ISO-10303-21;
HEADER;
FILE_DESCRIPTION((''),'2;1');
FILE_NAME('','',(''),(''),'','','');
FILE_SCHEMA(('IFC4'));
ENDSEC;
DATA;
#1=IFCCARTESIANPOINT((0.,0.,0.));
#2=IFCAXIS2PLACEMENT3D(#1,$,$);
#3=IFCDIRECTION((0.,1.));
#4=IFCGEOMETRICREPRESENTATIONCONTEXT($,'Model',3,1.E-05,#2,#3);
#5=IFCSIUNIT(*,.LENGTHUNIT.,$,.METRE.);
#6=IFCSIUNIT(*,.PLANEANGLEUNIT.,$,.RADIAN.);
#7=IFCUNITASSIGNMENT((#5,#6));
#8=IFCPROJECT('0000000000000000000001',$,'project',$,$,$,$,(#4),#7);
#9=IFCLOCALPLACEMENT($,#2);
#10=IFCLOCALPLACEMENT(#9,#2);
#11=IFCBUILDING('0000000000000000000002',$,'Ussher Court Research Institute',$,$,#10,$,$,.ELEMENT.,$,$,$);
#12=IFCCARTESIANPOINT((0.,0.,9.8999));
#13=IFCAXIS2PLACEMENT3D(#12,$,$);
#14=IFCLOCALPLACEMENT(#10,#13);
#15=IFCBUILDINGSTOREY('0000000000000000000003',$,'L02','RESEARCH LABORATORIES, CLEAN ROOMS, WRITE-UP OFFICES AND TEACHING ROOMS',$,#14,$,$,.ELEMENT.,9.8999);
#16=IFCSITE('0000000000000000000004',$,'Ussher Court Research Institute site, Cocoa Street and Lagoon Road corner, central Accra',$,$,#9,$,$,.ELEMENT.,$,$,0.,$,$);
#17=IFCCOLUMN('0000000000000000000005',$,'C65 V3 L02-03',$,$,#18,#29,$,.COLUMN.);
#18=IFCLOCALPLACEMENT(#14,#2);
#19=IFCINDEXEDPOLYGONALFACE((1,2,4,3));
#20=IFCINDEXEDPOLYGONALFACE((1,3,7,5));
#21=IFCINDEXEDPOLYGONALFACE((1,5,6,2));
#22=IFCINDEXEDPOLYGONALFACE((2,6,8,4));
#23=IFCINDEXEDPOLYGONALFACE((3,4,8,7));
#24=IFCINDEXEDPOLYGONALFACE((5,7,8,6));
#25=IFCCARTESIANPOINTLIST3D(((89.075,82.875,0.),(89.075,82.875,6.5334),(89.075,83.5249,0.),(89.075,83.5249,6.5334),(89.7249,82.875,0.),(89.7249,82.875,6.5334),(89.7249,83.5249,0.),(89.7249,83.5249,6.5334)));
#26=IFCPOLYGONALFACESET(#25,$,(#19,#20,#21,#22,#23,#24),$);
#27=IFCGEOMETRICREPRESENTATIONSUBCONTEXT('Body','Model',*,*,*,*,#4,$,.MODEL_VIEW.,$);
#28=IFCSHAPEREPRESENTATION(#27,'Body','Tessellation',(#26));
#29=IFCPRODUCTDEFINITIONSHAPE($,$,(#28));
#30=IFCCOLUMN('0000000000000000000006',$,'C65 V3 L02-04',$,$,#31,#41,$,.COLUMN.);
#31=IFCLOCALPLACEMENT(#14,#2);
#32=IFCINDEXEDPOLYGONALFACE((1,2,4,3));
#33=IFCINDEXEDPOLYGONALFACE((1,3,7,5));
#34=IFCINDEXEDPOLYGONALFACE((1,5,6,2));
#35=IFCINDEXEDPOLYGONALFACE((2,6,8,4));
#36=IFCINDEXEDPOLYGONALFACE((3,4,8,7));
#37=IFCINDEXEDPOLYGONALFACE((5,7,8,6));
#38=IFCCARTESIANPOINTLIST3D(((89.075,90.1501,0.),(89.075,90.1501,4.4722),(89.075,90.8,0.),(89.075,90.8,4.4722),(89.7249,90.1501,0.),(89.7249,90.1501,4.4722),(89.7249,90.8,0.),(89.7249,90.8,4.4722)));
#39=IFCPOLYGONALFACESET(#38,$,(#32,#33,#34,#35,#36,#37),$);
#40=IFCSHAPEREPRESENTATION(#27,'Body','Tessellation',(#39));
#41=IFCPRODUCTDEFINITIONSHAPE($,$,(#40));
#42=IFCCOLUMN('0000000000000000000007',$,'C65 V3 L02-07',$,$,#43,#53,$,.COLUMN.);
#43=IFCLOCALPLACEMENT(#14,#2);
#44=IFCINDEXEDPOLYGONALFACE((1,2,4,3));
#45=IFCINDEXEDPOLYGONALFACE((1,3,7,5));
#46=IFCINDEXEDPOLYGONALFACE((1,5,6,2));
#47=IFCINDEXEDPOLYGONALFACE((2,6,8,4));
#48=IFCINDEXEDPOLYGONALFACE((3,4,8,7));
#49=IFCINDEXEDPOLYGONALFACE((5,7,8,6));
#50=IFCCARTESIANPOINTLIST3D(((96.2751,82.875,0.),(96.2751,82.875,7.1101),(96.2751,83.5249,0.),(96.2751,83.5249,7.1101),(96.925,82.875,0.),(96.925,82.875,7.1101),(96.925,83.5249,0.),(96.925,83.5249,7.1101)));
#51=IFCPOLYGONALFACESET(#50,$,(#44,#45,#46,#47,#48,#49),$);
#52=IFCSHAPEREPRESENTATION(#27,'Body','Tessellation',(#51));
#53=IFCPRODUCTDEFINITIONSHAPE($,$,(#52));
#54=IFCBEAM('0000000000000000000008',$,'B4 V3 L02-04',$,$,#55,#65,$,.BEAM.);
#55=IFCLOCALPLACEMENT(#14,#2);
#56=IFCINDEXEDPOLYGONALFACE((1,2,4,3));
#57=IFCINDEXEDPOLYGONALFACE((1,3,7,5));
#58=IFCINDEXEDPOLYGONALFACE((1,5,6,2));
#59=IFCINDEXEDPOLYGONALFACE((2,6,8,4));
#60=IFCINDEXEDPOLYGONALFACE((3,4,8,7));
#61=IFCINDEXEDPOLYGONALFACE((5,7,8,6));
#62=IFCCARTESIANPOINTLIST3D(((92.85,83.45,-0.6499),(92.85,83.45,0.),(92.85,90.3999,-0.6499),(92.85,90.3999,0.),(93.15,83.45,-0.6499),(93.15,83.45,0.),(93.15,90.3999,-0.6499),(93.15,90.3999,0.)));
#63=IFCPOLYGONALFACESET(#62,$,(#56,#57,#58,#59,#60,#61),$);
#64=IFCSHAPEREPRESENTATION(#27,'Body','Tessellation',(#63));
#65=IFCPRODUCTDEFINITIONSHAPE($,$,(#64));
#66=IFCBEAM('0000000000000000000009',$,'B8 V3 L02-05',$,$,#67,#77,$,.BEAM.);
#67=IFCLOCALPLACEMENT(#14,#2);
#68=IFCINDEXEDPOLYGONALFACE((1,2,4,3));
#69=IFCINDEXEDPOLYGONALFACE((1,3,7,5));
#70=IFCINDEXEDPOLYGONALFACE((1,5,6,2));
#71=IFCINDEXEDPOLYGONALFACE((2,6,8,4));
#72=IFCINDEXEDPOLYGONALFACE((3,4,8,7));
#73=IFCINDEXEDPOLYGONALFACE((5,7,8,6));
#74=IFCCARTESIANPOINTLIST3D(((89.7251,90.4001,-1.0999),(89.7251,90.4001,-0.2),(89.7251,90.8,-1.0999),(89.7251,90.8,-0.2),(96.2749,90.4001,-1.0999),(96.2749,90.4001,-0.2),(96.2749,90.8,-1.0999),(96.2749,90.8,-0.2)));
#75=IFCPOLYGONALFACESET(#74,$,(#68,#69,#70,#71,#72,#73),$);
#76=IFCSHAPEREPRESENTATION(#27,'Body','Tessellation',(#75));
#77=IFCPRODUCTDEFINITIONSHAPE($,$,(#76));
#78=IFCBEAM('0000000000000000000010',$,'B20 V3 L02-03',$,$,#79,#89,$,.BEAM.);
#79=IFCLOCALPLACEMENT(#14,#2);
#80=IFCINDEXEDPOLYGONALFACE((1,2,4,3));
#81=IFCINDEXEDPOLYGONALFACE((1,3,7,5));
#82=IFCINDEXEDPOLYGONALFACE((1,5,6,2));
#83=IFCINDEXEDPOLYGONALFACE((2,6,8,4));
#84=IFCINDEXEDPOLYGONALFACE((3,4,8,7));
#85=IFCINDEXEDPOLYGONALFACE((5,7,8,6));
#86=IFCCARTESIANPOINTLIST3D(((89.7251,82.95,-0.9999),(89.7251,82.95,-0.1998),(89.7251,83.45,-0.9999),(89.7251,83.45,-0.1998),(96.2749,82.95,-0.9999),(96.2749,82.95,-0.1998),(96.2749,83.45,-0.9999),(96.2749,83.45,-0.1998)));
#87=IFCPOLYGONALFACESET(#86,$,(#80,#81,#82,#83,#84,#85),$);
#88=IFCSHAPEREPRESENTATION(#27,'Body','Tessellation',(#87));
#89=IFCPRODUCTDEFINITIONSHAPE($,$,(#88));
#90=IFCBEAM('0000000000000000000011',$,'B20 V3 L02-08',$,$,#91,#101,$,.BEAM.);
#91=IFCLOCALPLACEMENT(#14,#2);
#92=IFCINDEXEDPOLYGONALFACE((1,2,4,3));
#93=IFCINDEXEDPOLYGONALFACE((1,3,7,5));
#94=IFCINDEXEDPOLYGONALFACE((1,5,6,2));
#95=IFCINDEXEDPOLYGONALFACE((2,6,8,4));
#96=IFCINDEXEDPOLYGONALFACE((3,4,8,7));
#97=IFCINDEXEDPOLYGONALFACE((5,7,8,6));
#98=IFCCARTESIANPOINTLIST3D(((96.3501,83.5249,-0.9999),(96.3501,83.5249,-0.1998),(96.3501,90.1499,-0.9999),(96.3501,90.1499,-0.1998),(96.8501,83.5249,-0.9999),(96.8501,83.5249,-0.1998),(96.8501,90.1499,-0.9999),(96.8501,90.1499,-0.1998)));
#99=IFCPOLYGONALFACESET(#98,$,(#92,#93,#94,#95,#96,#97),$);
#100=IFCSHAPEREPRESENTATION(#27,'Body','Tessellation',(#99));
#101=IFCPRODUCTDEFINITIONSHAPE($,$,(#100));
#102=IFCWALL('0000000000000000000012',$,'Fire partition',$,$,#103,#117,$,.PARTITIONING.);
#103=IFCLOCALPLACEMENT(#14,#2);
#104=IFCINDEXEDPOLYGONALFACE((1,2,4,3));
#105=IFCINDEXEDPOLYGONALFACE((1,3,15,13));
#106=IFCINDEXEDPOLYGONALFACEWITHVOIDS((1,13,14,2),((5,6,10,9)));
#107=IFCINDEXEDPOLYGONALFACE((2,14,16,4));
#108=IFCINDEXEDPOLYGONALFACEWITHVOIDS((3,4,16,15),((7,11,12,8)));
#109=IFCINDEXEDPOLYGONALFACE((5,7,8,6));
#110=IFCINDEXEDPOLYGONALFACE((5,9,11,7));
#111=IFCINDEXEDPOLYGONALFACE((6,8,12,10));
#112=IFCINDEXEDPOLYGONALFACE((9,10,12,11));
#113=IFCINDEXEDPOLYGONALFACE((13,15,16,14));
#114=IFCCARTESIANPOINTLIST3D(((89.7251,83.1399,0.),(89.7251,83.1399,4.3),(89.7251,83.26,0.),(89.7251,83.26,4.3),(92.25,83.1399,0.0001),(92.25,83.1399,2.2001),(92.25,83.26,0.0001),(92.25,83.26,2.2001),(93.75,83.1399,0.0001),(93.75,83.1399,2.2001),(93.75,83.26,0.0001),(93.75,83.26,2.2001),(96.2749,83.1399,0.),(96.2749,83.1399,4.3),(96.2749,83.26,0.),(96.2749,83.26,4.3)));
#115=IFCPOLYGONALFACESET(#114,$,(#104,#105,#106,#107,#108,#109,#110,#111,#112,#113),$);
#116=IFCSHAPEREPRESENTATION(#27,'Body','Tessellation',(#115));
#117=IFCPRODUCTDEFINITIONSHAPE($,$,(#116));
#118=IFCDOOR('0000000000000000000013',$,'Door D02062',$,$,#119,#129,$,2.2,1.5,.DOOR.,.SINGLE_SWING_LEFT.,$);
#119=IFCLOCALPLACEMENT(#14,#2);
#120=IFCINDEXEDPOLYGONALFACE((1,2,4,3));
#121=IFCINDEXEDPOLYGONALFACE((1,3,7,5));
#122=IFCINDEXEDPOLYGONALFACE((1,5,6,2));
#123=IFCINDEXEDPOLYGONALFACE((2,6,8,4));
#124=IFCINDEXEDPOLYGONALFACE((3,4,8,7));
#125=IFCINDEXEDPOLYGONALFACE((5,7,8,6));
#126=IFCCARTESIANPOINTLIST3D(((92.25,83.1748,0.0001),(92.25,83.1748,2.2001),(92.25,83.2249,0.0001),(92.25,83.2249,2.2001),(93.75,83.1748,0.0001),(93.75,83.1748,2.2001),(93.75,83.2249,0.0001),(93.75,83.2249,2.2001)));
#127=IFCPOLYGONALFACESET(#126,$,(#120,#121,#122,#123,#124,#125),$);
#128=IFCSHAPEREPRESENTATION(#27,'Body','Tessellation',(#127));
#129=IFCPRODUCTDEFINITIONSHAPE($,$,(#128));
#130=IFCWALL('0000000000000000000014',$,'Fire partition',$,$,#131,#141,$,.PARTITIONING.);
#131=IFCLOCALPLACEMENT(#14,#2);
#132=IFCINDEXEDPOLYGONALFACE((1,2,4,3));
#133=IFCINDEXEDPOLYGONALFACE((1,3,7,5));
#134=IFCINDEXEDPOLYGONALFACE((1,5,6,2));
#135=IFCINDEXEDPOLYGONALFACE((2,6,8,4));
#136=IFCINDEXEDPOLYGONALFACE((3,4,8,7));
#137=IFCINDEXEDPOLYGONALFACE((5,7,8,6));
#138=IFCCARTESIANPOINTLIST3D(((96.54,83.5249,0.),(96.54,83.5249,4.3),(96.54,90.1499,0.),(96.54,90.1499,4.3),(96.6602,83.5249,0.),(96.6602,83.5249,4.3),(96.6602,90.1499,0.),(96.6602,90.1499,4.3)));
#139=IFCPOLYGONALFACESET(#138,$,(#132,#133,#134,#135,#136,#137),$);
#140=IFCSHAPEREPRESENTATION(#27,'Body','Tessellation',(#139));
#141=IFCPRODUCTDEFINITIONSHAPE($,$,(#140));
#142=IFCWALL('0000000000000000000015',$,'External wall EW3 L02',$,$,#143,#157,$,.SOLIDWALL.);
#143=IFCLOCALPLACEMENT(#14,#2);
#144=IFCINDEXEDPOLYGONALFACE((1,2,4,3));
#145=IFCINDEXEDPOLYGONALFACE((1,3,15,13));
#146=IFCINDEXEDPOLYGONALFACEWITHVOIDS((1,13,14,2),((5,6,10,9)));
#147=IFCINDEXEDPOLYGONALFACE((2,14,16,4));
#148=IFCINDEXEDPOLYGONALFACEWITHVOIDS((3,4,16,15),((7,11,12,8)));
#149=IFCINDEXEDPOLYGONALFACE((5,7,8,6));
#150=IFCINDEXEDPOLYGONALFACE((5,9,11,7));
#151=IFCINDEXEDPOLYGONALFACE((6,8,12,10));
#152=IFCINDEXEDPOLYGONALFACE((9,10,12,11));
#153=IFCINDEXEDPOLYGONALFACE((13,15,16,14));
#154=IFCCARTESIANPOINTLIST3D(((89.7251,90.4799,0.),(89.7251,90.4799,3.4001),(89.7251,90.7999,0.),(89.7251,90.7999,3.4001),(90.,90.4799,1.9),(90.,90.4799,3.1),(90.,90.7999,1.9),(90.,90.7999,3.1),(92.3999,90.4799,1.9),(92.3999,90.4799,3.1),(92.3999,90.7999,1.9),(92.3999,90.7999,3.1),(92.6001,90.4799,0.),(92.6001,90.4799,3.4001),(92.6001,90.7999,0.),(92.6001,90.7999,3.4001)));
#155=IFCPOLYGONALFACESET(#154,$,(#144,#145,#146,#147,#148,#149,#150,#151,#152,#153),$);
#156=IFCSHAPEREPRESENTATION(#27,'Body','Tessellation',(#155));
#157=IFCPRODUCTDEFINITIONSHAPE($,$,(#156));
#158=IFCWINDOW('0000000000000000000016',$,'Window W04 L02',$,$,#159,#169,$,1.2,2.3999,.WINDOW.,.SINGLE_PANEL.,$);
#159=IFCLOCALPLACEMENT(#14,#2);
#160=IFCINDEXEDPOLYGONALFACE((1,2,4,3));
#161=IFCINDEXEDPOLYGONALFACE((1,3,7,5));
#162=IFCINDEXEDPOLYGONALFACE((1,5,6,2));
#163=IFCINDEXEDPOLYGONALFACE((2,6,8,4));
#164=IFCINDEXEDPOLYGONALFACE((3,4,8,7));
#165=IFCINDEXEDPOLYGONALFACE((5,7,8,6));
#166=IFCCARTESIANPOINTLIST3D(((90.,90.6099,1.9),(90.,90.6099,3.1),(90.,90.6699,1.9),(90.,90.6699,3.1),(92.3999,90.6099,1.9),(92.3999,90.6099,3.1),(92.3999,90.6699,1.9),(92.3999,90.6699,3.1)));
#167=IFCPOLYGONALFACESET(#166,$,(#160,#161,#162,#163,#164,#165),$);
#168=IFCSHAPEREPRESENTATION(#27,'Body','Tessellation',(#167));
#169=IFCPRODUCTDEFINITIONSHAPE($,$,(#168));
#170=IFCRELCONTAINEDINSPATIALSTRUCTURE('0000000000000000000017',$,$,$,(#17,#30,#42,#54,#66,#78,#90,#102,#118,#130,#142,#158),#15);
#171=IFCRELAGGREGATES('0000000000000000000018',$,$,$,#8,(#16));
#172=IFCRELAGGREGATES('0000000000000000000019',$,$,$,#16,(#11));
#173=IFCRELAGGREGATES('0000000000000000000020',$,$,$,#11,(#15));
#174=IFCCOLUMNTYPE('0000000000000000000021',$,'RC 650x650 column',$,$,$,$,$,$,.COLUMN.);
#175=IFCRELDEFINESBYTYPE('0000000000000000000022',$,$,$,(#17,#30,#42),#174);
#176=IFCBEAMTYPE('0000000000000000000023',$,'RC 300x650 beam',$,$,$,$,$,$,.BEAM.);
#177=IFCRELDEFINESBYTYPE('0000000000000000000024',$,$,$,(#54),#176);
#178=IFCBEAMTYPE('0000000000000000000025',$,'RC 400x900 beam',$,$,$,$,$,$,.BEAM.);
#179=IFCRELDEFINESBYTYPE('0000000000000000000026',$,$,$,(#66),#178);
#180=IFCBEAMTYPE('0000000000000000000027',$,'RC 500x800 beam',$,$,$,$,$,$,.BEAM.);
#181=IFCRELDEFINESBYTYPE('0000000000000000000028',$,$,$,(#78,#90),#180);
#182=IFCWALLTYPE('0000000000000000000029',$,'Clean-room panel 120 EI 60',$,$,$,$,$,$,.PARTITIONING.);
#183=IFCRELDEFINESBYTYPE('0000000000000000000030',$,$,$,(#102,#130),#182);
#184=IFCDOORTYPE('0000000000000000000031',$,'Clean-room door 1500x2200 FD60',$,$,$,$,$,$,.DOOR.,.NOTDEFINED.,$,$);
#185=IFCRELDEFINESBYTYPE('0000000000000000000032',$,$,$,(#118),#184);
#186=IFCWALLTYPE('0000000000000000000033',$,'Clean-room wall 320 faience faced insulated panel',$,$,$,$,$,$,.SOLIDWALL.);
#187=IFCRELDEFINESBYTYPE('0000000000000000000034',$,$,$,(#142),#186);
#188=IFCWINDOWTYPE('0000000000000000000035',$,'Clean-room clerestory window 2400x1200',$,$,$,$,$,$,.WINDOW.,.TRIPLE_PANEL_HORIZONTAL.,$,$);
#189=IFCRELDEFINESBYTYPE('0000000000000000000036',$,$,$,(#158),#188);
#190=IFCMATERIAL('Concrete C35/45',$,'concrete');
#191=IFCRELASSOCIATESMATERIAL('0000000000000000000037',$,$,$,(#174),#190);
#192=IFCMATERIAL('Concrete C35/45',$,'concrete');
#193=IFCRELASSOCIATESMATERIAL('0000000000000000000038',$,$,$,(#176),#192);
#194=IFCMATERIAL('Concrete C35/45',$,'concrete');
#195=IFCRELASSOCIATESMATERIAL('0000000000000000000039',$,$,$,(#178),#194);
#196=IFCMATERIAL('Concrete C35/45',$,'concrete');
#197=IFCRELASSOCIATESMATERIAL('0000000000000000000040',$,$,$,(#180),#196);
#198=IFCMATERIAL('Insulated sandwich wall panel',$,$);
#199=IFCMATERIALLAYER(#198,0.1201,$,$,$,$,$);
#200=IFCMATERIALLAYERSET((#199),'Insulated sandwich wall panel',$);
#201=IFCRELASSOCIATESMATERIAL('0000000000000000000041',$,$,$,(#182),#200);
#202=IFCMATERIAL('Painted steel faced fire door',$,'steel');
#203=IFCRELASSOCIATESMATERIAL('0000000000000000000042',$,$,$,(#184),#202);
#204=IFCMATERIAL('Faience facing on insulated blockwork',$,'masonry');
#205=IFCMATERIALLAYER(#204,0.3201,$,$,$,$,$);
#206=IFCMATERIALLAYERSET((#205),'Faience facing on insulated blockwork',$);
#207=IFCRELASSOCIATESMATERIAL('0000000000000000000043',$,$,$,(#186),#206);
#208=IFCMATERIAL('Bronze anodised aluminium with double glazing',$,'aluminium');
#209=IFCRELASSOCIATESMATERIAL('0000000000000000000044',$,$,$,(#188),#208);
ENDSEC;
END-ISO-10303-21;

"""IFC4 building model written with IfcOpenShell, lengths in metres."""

from ifc_helpers import new_model, si_unit, direction, frame, frame_2d, origin, origin_2d, place, context, subcontext, project, spatial, rectangle, extrude, material, layer, layer_set, material_profile, profile_set, type_object, element, fill, save


model = new_model("IFC4")

# Units and contexts
model_context = context("Model", 3, precision=1e-05, world=origin(), true_north=direction((0.0, 1.0)))
body_context = subcontext(model_context, "Body", "Model", "MODEL_VIEW")
ifc_project = project(units=[si_unit("LENGTHUNIT", "METRE"), si_unit("PLANEANGLEUNIT", "RADIAN")], contexts=[model_context])

# Site, building, storey
site_placement = place(None, origin())
site = spatial("IfcSite", under=ifc_project, at=site_placement, Name="Ussher Court Research Institute site, Cocoa Street and Lagoon Road corner, central Accra", CompositionType="ELEMENT", RefElevation=0.0)
building_placement = place(site_placement, origin())
building = spatial("IfcBuilding", under=site, at=building_placement, Name="Ussher Court Research Institute", CompositionType="ELEMENT")
storey_placement = place(building_placement, frame((0.0, 0.0, 9.8999)))
storey = spatial("IfcBuildingStorey", under=building, at=storey_placement, Name="L02", Description="RESEARCH LABORATORIES, CLEAN ROOMS, WRITE-UP OFFICES AND TEACHING ROOMS", CompositionType="ELEMENT", Elevation=9.8999)

# Columns
ifc_material_1 = material(Name="Concrete C35/45", Category="concrete")
ifc_material_profile_1 = material_profile(ifc_material_1, rectangle(XDim=0.6499, YDim=0.6499, at=origin_2d()), Name="RC 650x650")
ifc_profile_set_1 = profile_set([ifc_material_profile_1], Name="Concrete C35/45")
column_type = type_object("IfcColumnType", Name="RC 650x650 column", PredefinedType="COLUMN", material=ifc_profile_set_1)
column_1_placement = place(storey_placement, frame((89.3999, 83.2, 0.0), z_axis=(0.0, 0.0, 1.0), x_axis=(1.0, 0.0, 0.0)))
element("IfcColumn", 1, at=column_1_placement, inside=storey, type_object=column_type, Name="C65 V3 L02-03", PredefinedType="COLUMN", context=body_context, shape_type="SweptSolid", body=[
    extrude(rectangle(XDim=0.6499, YDim=0.6499, at=origin_2d()), origin(), (0.0, 0.0, 1.0), 6.5334),
])
column_2_placement = place(storey_placement, frame((89.3999, 90.4751, 0.0), z_axis=(0.0, 0.0, 1.0), x_axis=(1.0, 0.0, 0.0)))
element("IfcColumn", 2, at=column_2_placement, inside=storey, type_object=column_type, Name="C65 V3 L02-04", PredefinedType="COLUMN", context=body_context, shape_type="SweptSolid", body=[
    extrude(rectangle(XDim=0.6499, YDim=0.6499, at=origin_2d()), origin(), (0.0, 0.0, 1.0), 4.4722),
])
column_3_placement = place(storey_placement, frame((96.6001, 83.2, 0.0), z_axis=(0.0, 0.0, 1.0), x_axis=(1.0, 0.0, 0.0)))
element("IfcColumn", 3, at=column_3_placement, inside=storey, type_object=column_type, Name="C65 V3 L02-07", PredefinedType="COLUMN", context=body_context, shape_type="SweptSolid", body=[
    extrude(rectangle(XDim=0.6499, YDim=0.6499, at=origin_2d()), origin(), (0.0, 0.0, 1.0), 7.1101),
])

# Beams
ifc_material_2 = material(Name="Concrete C35/45", Category="concrete")
ifc_material_profile_2 = material_profile(ifc_material_2, rectangle(XDim=0.3, YDim=0.6499, at=origin_2d()), Name="RC 300x650")
ifc_profile_set_2 = profile_set([ifc_material_profile_2], Name="Concrete C35/45")
beam_type_1 = type_object("IfcBeamType", Name="RC 300x650 beam", PredefinedType="BEAM", material=ifc_profile_set_2)
beam_1_placement = place(storey_placement, frame((93.0, 83.45, -0.325), z_axis=(0.0, 1.0, 0.0), x_axis=(-1.0, 0.0, 0.0)))
element("IfcBeam", 4, at=beam_1_placement, inside=storey, type_object=beam_type_1, Name="B4 V3 L02-04", PredefinedType="BEAM", context=body_context, shape_type="SweptSolid", body=[
    extrude(rectangle(XDim=0.3, YDim=0.6499, at=origin_2d()), origin(), (0.0, 0.0, 1.0), 6.95),
])
ifc_material_3 = material(Name="Concrete C35/45", Category="concrete")
ifc_material_profile_3 = material_profile(ifc_material_3, rectangle(XDim=0.3999, YDim=0.8999, at=origin_2d()), Name="RC 400x900")
ifc_profile_set_3 = profile_set([ifc_material_profile_3], Name="Concrete C35/45")
beam_type_2 = type_object("IfcBeamType", Name="RC 400x900 beam", PredefinedType="BEAM", material=ifc_profile_set_3)
beam_2_placement = place(storey_placement, frame((89.7251, 90.6001, -0.6499), z_axis=(1.0, 0.0, 0.0), x_axis=(0.0, 1.0, 0.0)))
element("IfcBeam", 5, at=beam_2_placement, inside=storey, type_object=beam_type_2, Name="B8 V3 L02-05", PredefinedType="BEAM", context=body_context, shape_type="SweptSolid", body=[
    extrude(rectangle(XDim=0.3999, YDim=0.8999, at=origin_2d()), origin(), (0.0, 0.0, 1.0), 6.5498),
])
ifc_material_4 = material(Name="Concrete C35/45", Category="concrete")
ifc_material_profile_4 = material_profile(ifc_material_4, rectangle(XDim=0.5, YDim=0.8, at=origin_2d()), Name="RC 500x800")
ifc_profile_set_4 = profile_set([ifc_material_profile_4], Name="Concrete C35/45")
beam_type_3 = type_object("IfcBeamType", Name="RC 500x800 beam", PredefinedType="BEAM", material=ifc_profile_set_4)
beam_3_placement = place(storey_placement, frame((89.7251, 83.2, -0.5999), z_axis=(1.0, 0.0, 0.0), x_axis=(0.0, 1.0, 0.0)))
element("IfcBeam", 6, at=beam_3_placement, inside=storey, type_object=beam_type_3, Name="B20 V3 L02-03", PredefinedType="BEAM", context=body_context, shape_type="SweptSolid", body=[
    extrude(rectangle(XDim=0.5, YDim=0.8, at=origin_2d()), origin(), (0.0, 0.0, 1.0), 6.5498),
])
beam_4_placement = place(storey_placement, frame((96.6001, 83.5249, -0.5999), z_axis=(0.0, 1.0, 0.0), x_axis=(-1.0, 0.0, 0.0)))
element("IfcBeam", 7, at=beam_4_placement, inside=storey, type_object=beam_type_3, Name="B20 V3 L02-08", PredefinedType="BEAM", context=body_context, shape_type="SweptSolid", body=[
    extrude(rectangle(XDim=0.5, YDim=0.8, at=origin_2d()), origin(), (0.0, 0.0, 1.0), 6.625),
])

# Wall, opening, door
ifc_material_5 = material(Name="Insulated sandwich wall panel")
ifc_layer_1 = layer(ifc_material_5, 0.1201)
ifc_layer_set_1 = layer_set([ifc_layer_1], Name="Insulated sandwich wall panel")
wall_type_1 = type_object("IfcWallType", Name="Clean-room panel 120 EI 60", PredefinedType="PARTITIONING", material=ifc_layer_set_1)
wall_1_placement = place(storey_placement, frame((89.7251, 83.2, 0.0), z_axis=(0.0, 0.0, 1.0), x_axis=(1.0, 0.0, 0.0)))
wall_1 = element("IfcWall", 8, at=wall_1_placement, inside=storey, type_object=wall_type_1, Name="Fire partition", PredefinedType="PARTITIONING", context=body_context, shape_type="SweptSolid", body=[
    extrude(rectangle(XDim=6.5498, YDim=0.1201, at=frame_2d((3.2749, 0.0))), origin(), (0.0, 0.0, 1.0), 4.3),
])
opening_1_placement = place(wall_1_placement, frame((2.5249, 0.0, 0.0)))
opening_1 = element("IfcOpeningElement", 9, at=opening_1_placement, cuts=wall_1, PredefinedType="OPENING", context=body_context, shape_type="SweptSolid", body=[
    extrude(rectangle(XDim=1.5, YDim=2.2, at=frame_2d((0.75, 1.1001))), frame((0.0, 0.0701, 0.0), z_axis=(0.0, -1.0, 0.0), x_axis=(1.0, 0.0, 0.0)), (0.0, 0.0, 1.0), 0.1401),
])
ifc_material_6 = material(Name="Painted steel faced fire door", Category="steel")
door_type = type_object("IfcDoorType", Name="Clean-room door 1500x2200 FD60", OperationType="NOTDEFINED", PredefinedType="DOOR", material=ifc_material_6)
door_placement = place(opening_1_placement, origin())
door = element("IfcDoor", 10, at=door_placement, inside=storey, type_object=door_type, Name="Door D02062", OperationType="SINGLE_SWING_LEFT", OverallHeight=2.2, OverallWidth=1.5, PredefinedType="DOOR", context=body_context, shape_type="SweptSolid", body=[
    extrude(rectangle(XDim=1.5, YDim=2.2, at=frame_2d((0.75, 1.1001))), frame((0.0, 0.0249, 0.0), z_axis=(0.0, -1.0, 0.0), x_axis=(1.0, 0.0, 0.0)), (0.0, 0.0, 1.0), 0.05),
])
fill(opening_1, door)

# Wall
wall_2_placement = place(storey_placement, frame((96.6001, 83.5249, 0.0), z_axis=(0.0, 0.0, 1.0), x_axis=(0.0, 1.0, 0.0)))
element("IfcWall", 11, at=wall_2_placement, inside=storey, type_object=wall_type_1, Name="Fire partition", PredefinedType="PARTITIONING", context=body_context, shape_type="SweptSolid", body=[
    extrude(rectangle(XDim=6.625, YDim=0.1201, at=frame_2d((3.3125, 0.0))), origin(), (0.0, 0.0, 1.0), 4.3),
])

# Wall, opening, window
ifc_material_7 = material(Name="Faience facing on insulated blockwork", Category="masonry")
ifc_layer_2 = layer(ifc_material_7, 0.3201)
ifc_layer_set_2 = layer_set([ifc_layer_2], Name="Faience facing on insulated blockwork")
wall_type_2 = type_object("IfcWallType", Name="Clean-room wall 320 faience faced insulated panel", PredefinedType="SOLIDWALL", material=ifc_layer_set_2)
wall_3_placement = place(storey_placement, frame((89.7251, 90.6399, 0.0), z_axis=(0.0, 0.0, 1.0), x_axis=(1.0, 0.0, 0.0)))
wall_3 = element("IfcWall", 12, at=wall_3_placement, inside=storey, type_object=wall_type_2, Name="External wall EW3 L02", PredefinedType="SOLIDWALL", context=body_context, shape_type="SweptSolid", body=[
    extrude(rectangle(XDim=2.875, YDim=0.3201, at=frame_2d((1.4375, 0.0))), origin(), (0.0, 0.0, 1.0), 3.4001),
])
opening_2_placement = place(wall_3_placement, frame((0.2749, 0.0, 1.8999)))
opening_2 = element("IfcOpeningElement", 13, at=opening_2_placement, cuts=wall_3, PredefinedType="OPENING", context=body_context, shape_type="SweptSolid", body=[
    extrude(rectangle(XDim=2.3999, YDim=1.2, at=frame_2d((1.2, 0.6001))), frame((0.0, 0.1699, 0.0), z_axis=(0.0, -1.0, 0.0), x_axis=(1.0, 0.0, 0.0)), (0.0, 0.0, 1.0), 0.3401),
])
ifc_material_8 = material(Name="Bronze anodised aluminium with double glazing", Category="aluminium")
window_type = type_object("IfcWindowType", Name="Clean-room clerestory window 2400x1200", PartitioningType="TRIPLE_PANEL_HORIZONTAL", PredefinedType="WINDOW", material=ifc_material_8)
window_1_placement = place(opening_2_placement, origin())
window_1 = element("IfcWindow", 14, at=window_1_placement, inside=storey, type_object=window_type, Name="Window W04 L02", OverallHeight=1.2, OverallWidth=2.3999, PartitioningType="SINGLE_PANEL", PredefinedType="WINDOW", context=body_context, shape_type="SweptSolid", body=[
    extrude(rectangle(XDim=2.3999, YDim=1.2, at=frame_2d((1.2, 0.6001))), frame((0.0, 0.03, 0.0), z_axis=(0.0, -1.0, 0.0), x_axis=(1.0, 0.0, 0.0)), (0.0, 0.0, 1.0), 0.0601),
])
fill(opening_2, window_1)

save(model, "model.ifc")
